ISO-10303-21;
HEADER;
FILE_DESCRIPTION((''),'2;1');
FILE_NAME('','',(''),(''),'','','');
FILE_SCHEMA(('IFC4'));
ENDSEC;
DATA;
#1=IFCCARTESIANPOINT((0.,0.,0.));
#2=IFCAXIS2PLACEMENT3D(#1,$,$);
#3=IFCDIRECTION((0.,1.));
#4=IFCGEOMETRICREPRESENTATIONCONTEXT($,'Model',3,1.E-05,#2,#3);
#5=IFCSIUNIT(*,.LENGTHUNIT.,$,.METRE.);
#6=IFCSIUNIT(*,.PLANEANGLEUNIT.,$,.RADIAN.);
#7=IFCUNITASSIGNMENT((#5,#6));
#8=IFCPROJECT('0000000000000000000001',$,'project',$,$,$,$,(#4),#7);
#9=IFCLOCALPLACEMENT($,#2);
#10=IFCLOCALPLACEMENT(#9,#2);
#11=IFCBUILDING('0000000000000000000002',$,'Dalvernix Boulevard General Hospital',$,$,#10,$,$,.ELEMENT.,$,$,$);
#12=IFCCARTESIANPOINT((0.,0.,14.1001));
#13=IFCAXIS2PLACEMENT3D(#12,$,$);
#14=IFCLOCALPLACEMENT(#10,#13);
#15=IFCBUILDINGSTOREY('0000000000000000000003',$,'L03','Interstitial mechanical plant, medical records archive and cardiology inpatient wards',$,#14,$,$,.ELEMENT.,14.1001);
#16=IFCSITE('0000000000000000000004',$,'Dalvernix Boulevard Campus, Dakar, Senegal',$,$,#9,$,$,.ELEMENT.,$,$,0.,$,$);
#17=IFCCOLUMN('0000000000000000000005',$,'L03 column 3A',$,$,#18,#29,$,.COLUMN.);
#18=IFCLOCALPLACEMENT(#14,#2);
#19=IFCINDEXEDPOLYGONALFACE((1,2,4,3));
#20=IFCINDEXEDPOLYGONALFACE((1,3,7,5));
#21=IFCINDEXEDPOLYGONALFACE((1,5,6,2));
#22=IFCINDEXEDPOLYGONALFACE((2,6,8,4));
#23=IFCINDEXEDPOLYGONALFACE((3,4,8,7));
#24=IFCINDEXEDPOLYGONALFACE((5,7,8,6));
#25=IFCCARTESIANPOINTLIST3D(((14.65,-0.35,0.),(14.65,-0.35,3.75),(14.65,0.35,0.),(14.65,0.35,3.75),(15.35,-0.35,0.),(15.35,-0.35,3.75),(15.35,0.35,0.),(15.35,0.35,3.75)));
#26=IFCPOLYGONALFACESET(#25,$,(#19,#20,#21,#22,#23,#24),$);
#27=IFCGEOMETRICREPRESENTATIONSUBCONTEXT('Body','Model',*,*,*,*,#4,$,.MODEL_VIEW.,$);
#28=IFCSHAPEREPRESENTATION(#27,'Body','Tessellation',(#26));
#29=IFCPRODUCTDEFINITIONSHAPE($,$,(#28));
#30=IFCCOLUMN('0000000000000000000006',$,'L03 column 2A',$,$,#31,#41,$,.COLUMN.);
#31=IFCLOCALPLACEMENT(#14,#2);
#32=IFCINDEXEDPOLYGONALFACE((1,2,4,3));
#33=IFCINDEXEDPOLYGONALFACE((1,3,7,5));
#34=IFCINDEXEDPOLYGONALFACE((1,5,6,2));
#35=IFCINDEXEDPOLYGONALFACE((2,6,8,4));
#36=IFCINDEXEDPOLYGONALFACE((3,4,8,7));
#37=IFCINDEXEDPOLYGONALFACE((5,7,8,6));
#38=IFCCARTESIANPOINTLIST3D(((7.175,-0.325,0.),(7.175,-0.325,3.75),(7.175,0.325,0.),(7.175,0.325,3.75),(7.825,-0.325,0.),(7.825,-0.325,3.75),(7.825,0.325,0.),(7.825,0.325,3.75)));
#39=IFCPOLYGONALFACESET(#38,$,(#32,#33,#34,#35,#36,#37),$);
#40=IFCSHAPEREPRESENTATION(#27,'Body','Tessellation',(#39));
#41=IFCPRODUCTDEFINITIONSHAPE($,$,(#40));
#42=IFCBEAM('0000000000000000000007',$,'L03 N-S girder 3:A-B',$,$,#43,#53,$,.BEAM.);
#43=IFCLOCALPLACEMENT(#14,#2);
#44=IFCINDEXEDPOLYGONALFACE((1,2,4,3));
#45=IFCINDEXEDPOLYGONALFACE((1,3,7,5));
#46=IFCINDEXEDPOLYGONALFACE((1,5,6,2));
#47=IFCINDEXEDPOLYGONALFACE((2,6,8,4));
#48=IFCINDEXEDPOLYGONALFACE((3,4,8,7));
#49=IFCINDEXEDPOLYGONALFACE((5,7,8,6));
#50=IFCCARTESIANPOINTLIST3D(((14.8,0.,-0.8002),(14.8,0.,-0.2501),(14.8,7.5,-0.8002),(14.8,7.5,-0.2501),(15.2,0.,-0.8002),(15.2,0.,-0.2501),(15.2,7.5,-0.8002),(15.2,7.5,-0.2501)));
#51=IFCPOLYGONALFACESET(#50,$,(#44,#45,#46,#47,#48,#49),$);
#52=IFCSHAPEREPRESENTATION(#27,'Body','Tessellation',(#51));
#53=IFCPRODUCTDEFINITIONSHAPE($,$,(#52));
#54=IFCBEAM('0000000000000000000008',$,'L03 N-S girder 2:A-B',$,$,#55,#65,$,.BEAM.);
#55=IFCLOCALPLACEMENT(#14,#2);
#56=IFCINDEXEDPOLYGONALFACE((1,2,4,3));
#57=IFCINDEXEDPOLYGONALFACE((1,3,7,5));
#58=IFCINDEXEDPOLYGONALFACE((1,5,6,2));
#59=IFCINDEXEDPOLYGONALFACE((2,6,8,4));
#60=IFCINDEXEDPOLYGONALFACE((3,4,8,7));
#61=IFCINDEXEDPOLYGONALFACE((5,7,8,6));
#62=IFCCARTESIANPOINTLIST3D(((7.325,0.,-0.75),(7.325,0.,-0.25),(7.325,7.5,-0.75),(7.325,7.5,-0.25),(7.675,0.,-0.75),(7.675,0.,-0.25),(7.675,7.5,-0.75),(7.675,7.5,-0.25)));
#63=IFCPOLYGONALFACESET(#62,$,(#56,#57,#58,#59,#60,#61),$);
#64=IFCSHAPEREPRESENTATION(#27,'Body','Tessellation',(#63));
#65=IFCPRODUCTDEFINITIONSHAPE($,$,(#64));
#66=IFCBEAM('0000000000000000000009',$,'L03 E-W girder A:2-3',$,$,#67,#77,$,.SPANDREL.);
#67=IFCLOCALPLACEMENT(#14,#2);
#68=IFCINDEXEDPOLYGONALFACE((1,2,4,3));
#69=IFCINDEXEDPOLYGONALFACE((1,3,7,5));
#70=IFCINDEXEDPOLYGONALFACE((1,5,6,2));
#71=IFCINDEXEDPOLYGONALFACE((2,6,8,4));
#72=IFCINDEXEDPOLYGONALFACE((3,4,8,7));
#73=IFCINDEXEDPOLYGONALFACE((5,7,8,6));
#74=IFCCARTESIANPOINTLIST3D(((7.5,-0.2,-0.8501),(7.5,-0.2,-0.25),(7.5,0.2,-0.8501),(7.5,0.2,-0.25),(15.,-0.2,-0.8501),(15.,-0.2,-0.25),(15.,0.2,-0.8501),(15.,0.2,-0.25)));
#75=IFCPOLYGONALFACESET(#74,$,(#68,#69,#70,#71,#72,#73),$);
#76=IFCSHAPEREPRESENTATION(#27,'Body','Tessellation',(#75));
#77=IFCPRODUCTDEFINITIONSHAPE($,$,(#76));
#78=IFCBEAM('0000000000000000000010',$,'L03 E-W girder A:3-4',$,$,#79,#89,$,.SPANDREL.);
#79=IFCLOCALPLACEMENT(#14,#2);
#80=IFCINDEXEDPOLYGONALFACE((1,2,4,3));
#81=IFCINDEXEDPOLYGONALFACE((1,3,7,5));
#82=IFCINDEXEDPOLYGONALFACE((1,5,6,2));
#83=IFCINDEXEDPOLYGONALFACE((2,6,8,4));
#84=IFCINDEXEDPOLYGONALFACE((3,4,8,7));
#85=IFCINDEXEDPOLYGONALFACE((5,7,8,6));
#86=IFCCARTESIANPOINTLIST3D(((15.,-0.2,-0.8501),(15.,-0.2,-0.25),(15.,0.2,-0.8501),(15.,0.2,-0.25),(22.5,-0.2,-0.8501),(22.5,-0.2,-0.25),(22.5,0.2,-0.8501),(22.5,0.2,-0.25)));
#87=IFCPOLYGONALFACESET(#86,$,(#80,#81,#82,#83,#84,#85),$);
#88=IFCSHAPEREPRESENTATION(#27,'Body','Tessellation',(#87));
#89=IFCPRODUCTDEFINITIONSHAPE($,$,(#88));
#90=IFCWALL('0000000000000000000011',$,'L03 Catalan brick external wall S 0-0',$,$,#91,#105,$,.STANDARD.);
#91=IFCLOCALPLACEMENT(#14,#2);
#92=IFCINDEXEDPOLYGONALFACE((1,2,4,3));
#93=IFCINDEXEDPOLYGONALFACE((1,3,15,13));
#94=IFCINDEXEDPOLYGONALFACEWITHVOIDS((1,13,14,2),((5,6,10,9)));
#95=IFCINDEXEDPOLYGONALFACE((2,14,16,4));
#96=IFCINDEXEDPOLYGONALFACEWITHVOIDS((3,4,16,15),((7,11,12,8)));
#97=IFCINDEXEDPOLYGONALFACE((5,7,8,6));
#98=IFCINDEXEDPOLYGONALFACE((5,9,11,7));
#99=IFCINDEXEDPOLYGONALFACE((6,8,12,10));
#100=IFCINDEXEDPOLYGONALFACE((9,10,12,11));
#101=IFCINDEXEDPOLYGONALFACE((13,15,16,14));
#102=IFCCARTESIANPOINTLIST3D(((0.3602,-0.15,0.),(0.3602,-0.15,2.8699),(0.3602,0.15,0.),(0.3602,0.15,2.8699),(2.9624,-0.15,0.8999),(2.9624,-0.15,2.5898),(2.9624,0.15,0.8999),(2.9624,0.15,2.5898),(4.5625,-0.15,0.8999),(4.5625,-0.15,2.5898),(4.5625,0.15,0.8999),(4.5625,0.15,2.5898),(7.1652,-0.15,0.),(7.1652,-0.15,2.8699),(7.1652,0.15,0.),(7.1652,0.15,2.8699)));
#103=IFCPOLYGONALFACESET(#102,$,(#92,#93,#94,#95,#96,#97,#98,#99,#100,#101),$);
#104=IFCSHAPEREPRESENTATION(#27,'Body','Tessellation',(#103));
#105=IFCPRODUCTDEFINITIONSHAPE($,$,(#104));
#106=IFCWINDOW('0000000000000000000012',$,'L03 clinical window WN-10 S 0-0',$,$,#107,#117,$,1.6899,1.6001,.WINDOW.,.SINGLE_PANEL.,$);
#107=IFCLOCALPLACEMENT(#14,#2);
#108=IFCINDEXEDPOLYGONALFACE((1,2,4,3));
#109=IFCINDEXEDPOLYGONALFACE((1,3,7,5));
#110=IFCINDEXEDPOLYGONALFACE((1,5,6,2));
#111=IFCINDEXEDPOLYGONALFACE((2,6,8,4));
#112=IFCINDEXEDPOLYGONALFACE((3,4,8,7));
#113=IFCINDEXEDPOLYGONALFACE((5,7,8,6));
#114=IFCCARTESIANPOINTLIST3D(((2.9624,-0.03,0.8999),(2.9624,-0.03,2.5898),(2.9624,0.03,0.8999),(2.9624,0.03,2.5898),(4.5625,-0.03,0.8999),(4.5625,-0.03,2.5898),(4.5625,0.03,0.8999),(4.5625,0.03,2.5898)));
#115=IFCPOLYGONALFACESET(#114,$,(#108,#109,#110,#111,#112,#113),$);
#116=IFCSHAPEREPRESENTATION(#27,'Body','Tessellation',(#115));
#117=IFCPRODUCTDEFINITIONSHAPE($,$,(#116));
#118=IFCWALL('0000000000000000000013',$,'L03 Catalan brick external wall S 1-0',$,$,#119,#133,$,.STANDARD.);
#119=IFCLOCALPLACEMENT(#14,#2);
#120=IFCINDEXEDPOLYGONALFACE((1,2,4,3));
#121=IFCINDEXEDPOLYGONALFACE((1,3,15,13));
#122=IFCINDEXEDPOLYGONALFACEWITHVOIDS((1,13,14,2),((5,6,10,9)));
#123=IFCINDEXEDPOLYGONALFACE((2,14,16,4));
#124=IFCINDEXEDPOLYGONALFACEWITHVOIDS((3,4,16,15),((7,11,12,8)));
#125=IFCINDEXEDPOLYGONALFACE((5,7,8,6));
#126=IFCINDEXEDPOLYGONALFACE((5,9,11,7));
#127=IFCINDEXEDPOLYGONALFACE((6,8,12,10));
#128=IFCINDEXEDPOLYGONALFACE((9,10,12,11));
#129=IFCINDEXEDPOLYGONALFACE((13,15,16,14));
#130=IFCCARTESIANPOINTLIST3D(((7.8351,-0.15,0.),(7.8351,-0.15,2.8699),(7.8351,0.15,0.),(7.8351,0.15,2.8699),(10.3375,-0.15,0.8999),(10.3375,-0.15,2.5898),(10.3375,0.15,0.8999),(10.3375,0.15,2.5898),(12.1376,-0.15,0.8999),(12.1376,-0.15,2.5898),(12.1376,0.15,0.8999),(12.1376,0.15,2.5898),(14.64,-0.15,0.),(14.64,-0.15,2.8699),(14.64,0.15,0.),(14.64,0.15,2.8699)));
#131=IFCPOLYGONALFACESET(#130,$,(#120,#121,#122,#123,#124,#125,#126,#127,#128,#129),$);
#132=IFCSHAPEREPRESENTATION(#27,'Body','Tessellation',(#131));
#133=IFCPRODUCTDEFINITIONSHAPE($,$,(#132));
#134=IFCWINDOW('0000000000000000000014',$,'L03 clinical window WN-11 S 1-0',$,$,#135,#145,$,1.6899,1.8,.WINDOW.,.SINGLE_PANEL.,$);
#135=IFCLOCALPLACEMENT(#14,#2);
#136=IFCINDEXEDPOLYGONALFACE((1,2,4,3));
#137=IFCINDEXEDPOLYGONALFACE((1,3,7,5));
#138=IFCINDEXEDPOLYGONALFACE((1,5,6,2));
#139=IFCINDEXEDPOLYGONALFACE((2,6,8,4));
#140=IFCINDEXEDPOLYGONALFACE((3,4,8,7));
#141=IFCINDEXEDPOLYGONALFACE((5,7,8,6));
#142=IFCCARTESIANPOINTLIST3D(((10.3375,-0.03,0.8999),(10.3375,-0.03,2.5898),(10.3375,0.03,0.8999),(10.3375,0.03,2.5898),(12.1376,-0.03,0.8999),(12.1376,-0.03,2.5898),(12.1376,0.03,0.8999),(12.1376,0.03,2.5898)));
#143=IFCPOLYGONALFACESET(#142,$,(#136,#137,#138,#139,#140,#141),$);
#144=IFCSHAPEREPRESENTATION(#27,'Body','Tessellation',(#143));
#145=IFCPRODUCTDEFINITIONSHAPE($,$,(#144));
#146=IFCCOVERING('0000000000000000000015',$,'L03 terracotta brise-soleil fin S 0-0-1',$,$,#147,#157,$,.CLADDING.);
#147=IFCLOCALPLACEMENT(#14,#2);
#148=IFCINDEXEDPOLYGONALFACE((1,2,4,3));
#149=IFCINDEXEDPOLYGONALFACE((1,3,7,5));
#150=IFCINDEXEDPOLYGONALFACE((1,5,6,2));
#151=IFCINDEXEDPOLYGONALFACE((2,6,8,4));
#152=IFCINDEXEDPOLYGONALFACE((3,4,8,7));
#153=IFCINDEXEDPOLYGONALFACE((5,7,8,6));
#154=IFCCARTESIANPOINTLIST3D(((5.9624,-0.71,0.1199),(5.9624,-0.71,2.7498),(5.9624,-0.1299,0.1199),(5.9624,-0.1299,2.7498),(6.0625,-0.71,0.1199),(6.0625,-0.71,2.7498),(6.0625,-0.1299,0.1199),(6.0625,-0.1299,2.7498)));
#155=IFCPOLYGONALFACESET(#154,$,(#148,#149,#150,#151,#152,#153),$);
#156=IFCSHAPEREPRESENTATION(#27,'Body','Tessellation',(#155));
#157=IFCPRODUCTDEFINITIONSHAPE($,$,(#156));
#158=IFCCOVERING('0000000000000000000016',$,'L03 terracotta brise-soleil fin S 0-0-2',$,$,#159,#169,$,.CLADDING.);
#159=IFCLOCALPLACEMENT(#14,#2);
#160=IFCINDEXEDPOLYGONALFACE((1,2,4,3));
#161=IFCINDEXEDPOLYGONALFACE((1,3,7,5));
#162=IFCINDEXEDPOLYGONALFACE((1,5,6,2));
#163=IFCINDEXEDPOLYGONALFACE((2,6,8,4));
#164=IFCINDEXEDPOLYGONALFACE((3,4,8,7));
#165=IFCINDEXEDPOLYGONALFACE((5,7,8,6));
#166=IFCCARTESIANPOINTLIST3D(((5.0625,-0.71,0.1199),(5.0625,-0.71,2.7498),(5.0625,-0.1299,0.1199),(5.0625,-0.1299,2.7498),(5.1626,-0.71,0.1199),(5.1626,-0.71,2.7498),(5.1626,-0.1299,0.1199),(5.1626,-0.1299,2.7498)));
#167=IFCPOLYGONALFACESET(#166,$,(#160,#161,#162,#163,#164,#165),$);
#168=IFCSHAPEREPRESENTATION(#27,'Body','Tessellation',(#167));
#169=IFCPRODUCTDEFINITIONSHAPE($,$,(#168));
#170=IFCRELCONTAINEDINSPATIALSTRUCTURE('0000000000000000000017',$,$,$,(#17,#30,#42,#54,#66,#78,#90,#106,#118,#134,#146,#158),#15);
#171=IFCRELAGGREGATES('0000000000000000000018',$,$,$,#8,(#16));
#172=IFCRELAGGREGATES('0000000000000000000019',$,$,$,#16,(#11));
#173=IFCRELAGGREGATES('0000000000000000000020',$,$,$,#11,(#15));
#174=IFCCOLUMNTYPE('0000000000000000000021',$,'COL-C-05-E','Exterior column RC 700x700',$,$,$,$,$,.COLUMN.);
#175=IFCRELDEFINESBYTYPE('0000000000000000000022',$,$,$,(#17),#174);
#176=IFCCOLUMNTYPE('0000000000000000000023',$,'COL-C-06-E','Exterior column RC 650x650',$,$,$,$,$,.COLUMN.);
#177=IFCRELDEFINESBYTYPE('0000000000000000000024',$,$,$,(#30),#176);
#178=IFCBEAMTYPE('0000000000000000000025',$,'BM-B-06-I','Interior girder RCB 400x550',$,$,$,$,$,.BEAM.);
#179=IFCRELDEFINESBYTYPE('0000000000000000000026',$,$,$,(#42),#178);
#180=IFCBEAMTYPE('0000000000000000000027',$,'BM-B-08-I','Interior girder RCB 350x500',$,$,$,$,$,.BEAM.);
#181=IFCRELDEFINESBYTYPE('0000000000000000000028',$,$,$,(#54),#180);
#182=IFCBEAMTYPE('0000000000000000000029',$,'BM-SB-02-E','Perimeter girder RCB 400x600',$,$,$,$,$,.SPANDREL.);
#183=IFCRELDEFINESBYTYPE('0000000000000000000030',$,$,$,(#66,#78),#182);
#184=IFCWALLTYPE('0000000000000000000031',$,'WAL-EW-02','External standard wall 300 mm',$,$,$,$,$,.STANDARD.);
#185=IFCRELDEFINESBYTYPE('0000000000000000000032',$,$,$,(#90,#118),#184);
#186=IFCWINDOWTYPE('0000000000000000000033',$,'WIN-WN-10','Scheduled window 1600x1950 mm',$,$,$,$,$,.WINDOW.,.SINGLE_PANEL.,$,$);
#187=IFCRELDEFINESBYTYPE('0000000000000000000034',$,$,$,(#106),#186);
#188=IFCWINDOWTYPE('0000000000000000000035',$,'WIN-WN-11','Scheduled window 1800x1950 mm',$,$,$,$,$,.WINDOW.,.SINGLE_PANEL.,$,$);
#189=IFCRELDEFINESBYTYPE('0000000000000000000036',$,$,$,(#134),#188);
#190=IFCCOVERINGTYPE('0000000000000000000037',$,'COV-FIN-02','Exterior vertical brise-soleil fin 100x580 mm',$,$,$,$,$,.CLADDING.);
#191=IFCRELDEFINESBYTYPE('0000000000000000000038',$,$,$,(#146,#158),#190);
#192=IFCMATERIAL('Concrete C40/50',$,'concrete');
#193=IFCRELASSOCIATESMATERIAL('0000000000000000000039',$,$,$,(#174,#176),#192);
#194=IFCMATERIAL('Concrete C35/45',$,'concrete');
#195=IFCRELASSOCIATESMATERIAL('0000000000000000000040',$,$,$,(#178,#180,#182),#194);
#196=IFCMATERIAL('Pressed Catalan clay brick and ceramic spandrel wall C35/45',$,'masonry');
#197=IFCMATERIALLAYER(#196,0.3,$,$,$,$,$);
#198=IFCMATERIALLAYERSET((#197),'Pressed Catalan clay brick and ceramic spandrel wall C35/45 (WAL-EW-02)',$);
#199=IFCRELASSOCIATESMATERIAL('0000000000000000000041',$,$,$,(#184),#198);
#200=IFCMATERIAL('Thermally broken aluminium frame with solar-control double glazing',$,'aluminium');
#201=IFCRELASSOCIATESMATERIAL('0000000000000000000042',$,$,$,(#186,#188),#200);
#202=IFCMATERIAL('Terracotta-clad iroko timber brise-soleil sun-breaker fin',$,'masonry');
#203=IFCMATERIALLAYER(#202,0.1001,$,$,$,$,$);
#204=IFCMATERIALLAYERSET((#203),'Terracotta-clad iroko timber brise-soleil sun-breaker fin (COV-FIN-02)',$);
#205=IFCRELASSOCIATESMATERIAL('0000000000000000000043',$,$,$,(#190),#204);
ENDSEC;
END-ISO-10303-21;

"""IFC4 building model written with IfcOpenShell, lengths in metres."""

from ifc_helpers import new_model, si_unit, direction, frame, frame_2d, origin, origin_2d, place, context, subcontext, project, spatial, rectangle, extrude, material, layer, layer_set, material_profile, profile_set, type_object, element, fill, save


model = new_model("IFC4")

# Units and contexts
model_context = context("Model", 3, precision=1e-05, world=origin(), true_north=direction((0.0, 1.0)))
body_context = subcontext(model_context, "Body", "Model", "MODEL_VIEW")
ifc_project = project(units=[si_unit("LENGTHUNIT", "METRE"), si_unit("PLANEANGLEUNIT", "RADIAN")], contexts=[model_context])

# Site, building, storey
site_placement = place(None, origin())
site = spatial("IfcSite", under=ifc_project, at=site_placement, Name="Dalvernix Boulevard Campus, Dakar, Senegal", CompositionType="ELEMENT", RefElevation=0.0)
building_placement = place(site_placement, origin())
building = spatial("IfcBuilding", under=site, at=building_placement, Name="Dalvernix Boulevard General Hospital", CompositionType="ELEMENT")
storey_placement = place(building_placement, frame((0.0, 0.0, 14.1001)))
storey = spatial("IfcBuildingStorey", under=building, at=storey_placement, Name="L03", Description="Interstitial mechanical plant, medical records archive and cardiology inpatient wards", CompositionType="ELEMENT", Elevation=14.1001)

# Columns
ifc_material_1 = material(Name="Concrete C40/50", Category="concrete")
ifc_material_profile_1 = material_profile(ifc_material_1, rectangle(XDim=0.7, YDim=0.7, at=origin_2d()), Name="RC 700x700")
ifc_profile_set_1 = profile_set([ifc_material_profile_1], Name="Concrete C40/50")
column_type_1 = type_object("IfcColumnType", Name="COL-C-05-E", Description="Exterior column RC 700x700", PredefinedType="COLUMN", material=ifc_profile_set_1)
column_1_placement = place(storey_placement, frame((15.0, 0.0, 0.0), z_axis=(0.0, 0.0, 1.0), x_axis=(1.0, 0.0, 0.0)))
element("IfcColumn", 1, at=column_1_placement, inside=storey, type_object=column_type_1, Name="L03 column 3A", PredefinedType="COLUMN", context=body_context, shape_type="SweptSolid", body=[
    extrude(rectangle(XDim=0.7, YDim=0.7, at=origin_2d()), origin(), (0.0, 0.0, 1.0), 3.75),
])
ifc_material_profile_2 = material_profile(ifc_material_1, rectangle(XDim=0.6499, YDim=0.6499, at=origin_2d()), Name="RC 650x650")
ifc_profile_set_2 = profile_set([ifc_material_profile_2], Name="Concrete C40/50")
column_type_2 = type_object("IfcColumnType", Name="COL-C-06-E", Description="Exterior column RC 650x650", PredefinedType="COLUMN", material=ifc_profile_set_2)
column_2_placement = place(storey_placement, frame((7.5, 0.0, 0.0), z_axis=(0.0, 0.0, 1.0), x_axis=(1.0, 0.0, 0.0)))
element("IfcColumn", 2, at=column_2_placement, inside=storey, type_object=column_type_2, Name="L03 column 2A", PredefinedType="COLUMN", context=body_context, shape_type="SweptSolid", body=[
    extrude(rectangle(XDim=0.6499, YDim=0.6499, at=origin_2d()), origin(), (0.0, 0.0, 1.0), 3.75),
])

# Beams
ifc_material_2 = material(Name="Concrete C35/45", Category="concrete")
ifc_material_profile_3 = material_profile(ifc_material_2, rectangle(XDim=0.3999, YDim=0.55, at=origin_2d()), Name="RCB 400x550")
ifc_profile_set_3 = profile_set([ifc_material_profile_3], Name="Concrete C35/45")
beam_type_1 = type_object("IfcBeamType", Name="BM-B-06-I", Description="Interior girder RCB 400x550", PredefinedType="BEAM", material=ifc_profile_set_3)
beam_1_placement = place(storey_placement, frame((15.0, 0.0, -0.5251), z_axis=(0.0, 1.0, 0.0), x_axis=(-1.0, 0.0, 0.0)))
element("IfcBeam", 3, at=beam_1_placement, inside=storey, type_object=beam_type_1, Name="L03 N-S girder 3:A-B", PredefinedType="BEAM", context=body_context, shape_type="SweptSolid", body=[
    extrude(rectangle(XDim=0.3999, YDim=0.55, at=origin_2d()), origin(), (0.0, 0.0, 1.0), 7.5),
])
ifc_material_profile_4 = material_profile(ifc_material_2, rectangle(XDim=0.3501, YDim=0.5, at=origin_2d()), Name="RCB 350x500")
ifc_profile_set_4 = profile_set([ifc_material_profile_4], Name="Concrete C35/45")
beam_type_2 = type_object("IfcBeamType", Name="BM-B-08-I", Description="Interior girder RCB 350x500", PredefinedType="BEAM", material=ifc_profile_set_4)
beam_2_placement = place(storey_placement, frame((7.5, 0.0, -0.5), z_axis=(0.0, 1.0, 0.0), x_axis=(-1.0, 0.0, 0.0)))
element("IfcBeam", 4, at=beam_2_placement, inside=storey, type_object=beam_type_2, Name="L03 N-S girder 2:A-B", PredefinedType="BEAM", context=body_context, shape_type="SweptSolid", body=[
    extrude(rectangle(XDim=0.3501, YDim=0.5, at=origin_2d()), origin(), (0.0, 0.0, 1.0), 7.5),
])
ifc_material_profile_5 = material_profile(ifc_material_2, rectangle(XDim=0.3999, YDim=0.6001, at=origin_2d()), Name="RCB 400x600")
ifc_profile_set_5 = profile_set([ifc_material_profile_5], Name="Concrete C35/45")
beam_type_3 = type_object("IfcBeamType", Name="BM-SB-02-E", Description="Perimeter girder RCB 400x600", PredefinedType="SPANDREL", material=ifc_profile_set_5)
for number, where, z_axis, x_axis, name in (
    (5, (7.5, 0.0, -0.55), (1.0, 0.0, 0.0), (0.0, 1.0, 0.0), "L03 E-W girder A:2-3"),
    (6, (15.0, 0.0, -0.55), (1.0, 0.0, 0.0), (0.0, 1.0, 0.0), "L03 E-W girder A:3-4"),
):
    element("IfcBeam", number, at=place(storey_placement, frame(where, z_axis=z_axis, x_axis=x_axis)), inside=storey, type_object=beam_type_3, Name=name, PredefinedType="SPANDREL", context=body_context, shape_type="SweptSolid", body=[
        extrude(rectangle(XDim=0.3999, YDim=0.6001, at=origin_2d()), origin(), (0.0, 0.0, 1.0), 7.5),
    ])

# Walls, openings, windows
ifc_material_3 = material(Name="Pressed Catalan clay brick and ceramic spandrel wall C35/45", Category="masonry")
ifc_layer_1 = layer(ifc_material_3, 0.3)
ifc_layer_set_1 = layer_set([ifc_layer_1], Name="Pressed Catalan clay brick and ceramic spandrel wall C35/45 (WAL-EW-02)")
wall_type_1 = type_object("IfcWallType", Name="WAL-EW-02", Description="External standard wall 300 mm", PredefinedType="STANDARD", material=ifc_layer_set_1)
wall_1_placement = place(storey_placement, frame((7.165, 0.0, 0.0), z_axis=(0.0, 0.0, 1.0), x_axis=(-1.0, 0.0, 0.0)))
wall_1 = element("IfcWall", 7, at=wall_1_placement, inside=storey, type_object=wall_type_1, Name="L03 Catalan brick external wall S 0-0", PredefinedType="STANDARD", context=body_context, shape_type="SweptSolid", body=[
    extrude(rectangle(XDim=6.8049, YDim=0.3, at=frame_2d((3.4023, 0.0))), origin(), (0.0, 0.0, 1.0), 2.8699),
])
opening_1_placement = place(wall_1_placement, frame((2.6025, 0.0, 0.8999)))
opening_1 = element("IfcOpeningElement", 8, at=opening_1_placement, cuts=wall_1, PredefinedType="OPENING", context=body_context, shape_type="SweptSolid", body=[
    extrude(rectangle(XDim=1.6001, YDim=1.6899, at=frame_2d((0.8, 0.845))), frame((0.0, 0.1599, 0.0), z_axis=(0.0, -1.0, 0.0), x_axis=(1.0, 0.0, 0.0)), (0.0, 0.0, 1.0), 0.3201),
])
ifc_material_4 = material(Name="Thermally broken aluminium frame with solar-control double glazing", Category="aluminium")
window_type_1 = type_object("IfcWindowType", Name="WIN-WN-10", Description="Scheduled window 1600x1950 mm", PartitioningType="SINGLE_PANEL", PredefinedType="WINDOW", material=ifc_material_4)
window_1_placement = place(opening_1_placement, origin())
window_1 = element("IfcWindow", 9, at=window_1_placement, inside=storey, type_object=window_type_1, Name="L03 clinical window WN-10 S 0-0", OverallHeight=1.6899, OverallWidth=1.6001, PartitioningType="SINGLE_PANEL", PredefinedType="WINDOW", context=body_context, shape_type="SweptSolid", body=[
    extrude(rectangle(XDim=1.6001, YDim=1.6899, at=frame_2d((0.8, 0.845))), frame((0.0, 0.03, 0.0), z_axis=(0.0, -1.0, 0.0), x_axis=(1.0, 0.0, 0.0)), (0.0, 0.0, 1.0), 0.0601),
])
fill(opening_1, window_1)
wall_2_placement = place(storey_placement, frame((14.6399, 0.0, 0.0), z_axis=(0.0, 0.0, 1.0), x_axis=(-1.0, 0.0, 0.0)))
wall_2 = element("IfcWall", 10, at=wall_2_placement, inside=storey, type_object=wall_type_1, Name="L03 Catalan brick external wall S 1-0", PredefinedType="STANDARD", context=body_context, shape_type="SweptSolid", body=[
    extrude(rectangle(XDim=6.8049, YDim=0.3, at=frame_2d((3.4023, 0.0))), origin(), (0.0, 0.0, 1.0), 2.8699),
])
opening_2_placement = place(wall_2_placement, frame((2.5024, 0.0, 0.8999)))
opening_2 = element("IfcOpeningElement", 11, at=opening_2_placement, cuts=wall_2, PredefinedType="OPENING", context=body_context, shape_type="SweptSolid", body=[
    extrude(rectangle(XDim=1.8, YDim=1.6899, at=frame_2d((0.8999, 0.845))), frame((0.0, 0.1599, 0.0), z_axis=(0.0, -1.0, 0.0), x_axis=(1.0, 0.0, 0.0)), (0.0, 0.0, 1.0), 0.3201),
])
window_type_2 = type_object("IfcWindowType", Name="WIN-WN-11", Description="Scheduled window 1800x1950 mm", PartitioningType="SINGLE_PANEL", PredefinedType="WINDOW", material=ifc_material_4)
window_2_placement = place(opening_2_placement, origin())
window_2 = element("IfcWindow", 12, at=window_2_placement, inside=storey, type_object=window_type_2, Name="L03 clinical window WN-11 S 1-0", OverallHeight=1.6899, OverallWidth=1.8, PartitioningType="SINGLE_PANEL", PredefinedType="WINDOW", context=body_context, shape_type="SweptSolid", body=[
    extrude(rectangle(XDim=1.8, YDim=1.6899, at=frame_2d((0.8999, 0.845))), frame((0.0, 0.03, 0.0), z_axis=(0.0, -1.0, 0.0), x_axis=(1.0, 0.0, 0.0)), (0.0, 0.0, 1.0), 0.0601),
])
fill(opening_2, window_2)

# Coverings
ifc_material_5 = material(Name="Terracotta-clad iroko timber brise-soleil sun-breaker fin", Category="masonry")
ifc_layer_2 = layer(ifc_material_5, 0.1001)
ifc_layer_set_2 = layer_set([ifc_layer_2], Name="Terracotta-clad iroko timber brise-soleil sun-breaker fin (COV-FIN-02)")
covering_type_1 = type_object("IfcCoveringType", Name="COV-FIN-02", Description="Exterior vertical brise-soleil fin 100x580 mm", PredefinedType="CLADDING", material=ifc_layer_set_2)
for number, where, z_axis, x_axis, name in (
    (13, (6.0125, -0.4199, 0.1199), (0.0, 0.0, 1.0), (-1.0, 0.0, 0.0), "L03 terracotta brise-soleil fin S 0-0-1"),
    (14, (5.1125, -0.4199, 0.1199), (0.0, 0.0, 1.0), (-1.0, 0.0, 0.0), "L03 terracotta brise-soleil fin S 0-0-2"),
):
    element("IfcCovering", number, at=place(storey_placement, frame(where, z_axis=z_axis, x_axis=x_axis)), inside=storey, type_object=covering_type_1, Name=name, PredefinedType="CLADDING", context=body_context, shape_type="SweptSolid", body=[
        extrude(rectangle(XDim=0.1001, YDim=0.5801, at=origin_2d()), origin(), (0.0, 0.0, 1.0), 2.6299),
    ])

save(model, "model.ifc")
